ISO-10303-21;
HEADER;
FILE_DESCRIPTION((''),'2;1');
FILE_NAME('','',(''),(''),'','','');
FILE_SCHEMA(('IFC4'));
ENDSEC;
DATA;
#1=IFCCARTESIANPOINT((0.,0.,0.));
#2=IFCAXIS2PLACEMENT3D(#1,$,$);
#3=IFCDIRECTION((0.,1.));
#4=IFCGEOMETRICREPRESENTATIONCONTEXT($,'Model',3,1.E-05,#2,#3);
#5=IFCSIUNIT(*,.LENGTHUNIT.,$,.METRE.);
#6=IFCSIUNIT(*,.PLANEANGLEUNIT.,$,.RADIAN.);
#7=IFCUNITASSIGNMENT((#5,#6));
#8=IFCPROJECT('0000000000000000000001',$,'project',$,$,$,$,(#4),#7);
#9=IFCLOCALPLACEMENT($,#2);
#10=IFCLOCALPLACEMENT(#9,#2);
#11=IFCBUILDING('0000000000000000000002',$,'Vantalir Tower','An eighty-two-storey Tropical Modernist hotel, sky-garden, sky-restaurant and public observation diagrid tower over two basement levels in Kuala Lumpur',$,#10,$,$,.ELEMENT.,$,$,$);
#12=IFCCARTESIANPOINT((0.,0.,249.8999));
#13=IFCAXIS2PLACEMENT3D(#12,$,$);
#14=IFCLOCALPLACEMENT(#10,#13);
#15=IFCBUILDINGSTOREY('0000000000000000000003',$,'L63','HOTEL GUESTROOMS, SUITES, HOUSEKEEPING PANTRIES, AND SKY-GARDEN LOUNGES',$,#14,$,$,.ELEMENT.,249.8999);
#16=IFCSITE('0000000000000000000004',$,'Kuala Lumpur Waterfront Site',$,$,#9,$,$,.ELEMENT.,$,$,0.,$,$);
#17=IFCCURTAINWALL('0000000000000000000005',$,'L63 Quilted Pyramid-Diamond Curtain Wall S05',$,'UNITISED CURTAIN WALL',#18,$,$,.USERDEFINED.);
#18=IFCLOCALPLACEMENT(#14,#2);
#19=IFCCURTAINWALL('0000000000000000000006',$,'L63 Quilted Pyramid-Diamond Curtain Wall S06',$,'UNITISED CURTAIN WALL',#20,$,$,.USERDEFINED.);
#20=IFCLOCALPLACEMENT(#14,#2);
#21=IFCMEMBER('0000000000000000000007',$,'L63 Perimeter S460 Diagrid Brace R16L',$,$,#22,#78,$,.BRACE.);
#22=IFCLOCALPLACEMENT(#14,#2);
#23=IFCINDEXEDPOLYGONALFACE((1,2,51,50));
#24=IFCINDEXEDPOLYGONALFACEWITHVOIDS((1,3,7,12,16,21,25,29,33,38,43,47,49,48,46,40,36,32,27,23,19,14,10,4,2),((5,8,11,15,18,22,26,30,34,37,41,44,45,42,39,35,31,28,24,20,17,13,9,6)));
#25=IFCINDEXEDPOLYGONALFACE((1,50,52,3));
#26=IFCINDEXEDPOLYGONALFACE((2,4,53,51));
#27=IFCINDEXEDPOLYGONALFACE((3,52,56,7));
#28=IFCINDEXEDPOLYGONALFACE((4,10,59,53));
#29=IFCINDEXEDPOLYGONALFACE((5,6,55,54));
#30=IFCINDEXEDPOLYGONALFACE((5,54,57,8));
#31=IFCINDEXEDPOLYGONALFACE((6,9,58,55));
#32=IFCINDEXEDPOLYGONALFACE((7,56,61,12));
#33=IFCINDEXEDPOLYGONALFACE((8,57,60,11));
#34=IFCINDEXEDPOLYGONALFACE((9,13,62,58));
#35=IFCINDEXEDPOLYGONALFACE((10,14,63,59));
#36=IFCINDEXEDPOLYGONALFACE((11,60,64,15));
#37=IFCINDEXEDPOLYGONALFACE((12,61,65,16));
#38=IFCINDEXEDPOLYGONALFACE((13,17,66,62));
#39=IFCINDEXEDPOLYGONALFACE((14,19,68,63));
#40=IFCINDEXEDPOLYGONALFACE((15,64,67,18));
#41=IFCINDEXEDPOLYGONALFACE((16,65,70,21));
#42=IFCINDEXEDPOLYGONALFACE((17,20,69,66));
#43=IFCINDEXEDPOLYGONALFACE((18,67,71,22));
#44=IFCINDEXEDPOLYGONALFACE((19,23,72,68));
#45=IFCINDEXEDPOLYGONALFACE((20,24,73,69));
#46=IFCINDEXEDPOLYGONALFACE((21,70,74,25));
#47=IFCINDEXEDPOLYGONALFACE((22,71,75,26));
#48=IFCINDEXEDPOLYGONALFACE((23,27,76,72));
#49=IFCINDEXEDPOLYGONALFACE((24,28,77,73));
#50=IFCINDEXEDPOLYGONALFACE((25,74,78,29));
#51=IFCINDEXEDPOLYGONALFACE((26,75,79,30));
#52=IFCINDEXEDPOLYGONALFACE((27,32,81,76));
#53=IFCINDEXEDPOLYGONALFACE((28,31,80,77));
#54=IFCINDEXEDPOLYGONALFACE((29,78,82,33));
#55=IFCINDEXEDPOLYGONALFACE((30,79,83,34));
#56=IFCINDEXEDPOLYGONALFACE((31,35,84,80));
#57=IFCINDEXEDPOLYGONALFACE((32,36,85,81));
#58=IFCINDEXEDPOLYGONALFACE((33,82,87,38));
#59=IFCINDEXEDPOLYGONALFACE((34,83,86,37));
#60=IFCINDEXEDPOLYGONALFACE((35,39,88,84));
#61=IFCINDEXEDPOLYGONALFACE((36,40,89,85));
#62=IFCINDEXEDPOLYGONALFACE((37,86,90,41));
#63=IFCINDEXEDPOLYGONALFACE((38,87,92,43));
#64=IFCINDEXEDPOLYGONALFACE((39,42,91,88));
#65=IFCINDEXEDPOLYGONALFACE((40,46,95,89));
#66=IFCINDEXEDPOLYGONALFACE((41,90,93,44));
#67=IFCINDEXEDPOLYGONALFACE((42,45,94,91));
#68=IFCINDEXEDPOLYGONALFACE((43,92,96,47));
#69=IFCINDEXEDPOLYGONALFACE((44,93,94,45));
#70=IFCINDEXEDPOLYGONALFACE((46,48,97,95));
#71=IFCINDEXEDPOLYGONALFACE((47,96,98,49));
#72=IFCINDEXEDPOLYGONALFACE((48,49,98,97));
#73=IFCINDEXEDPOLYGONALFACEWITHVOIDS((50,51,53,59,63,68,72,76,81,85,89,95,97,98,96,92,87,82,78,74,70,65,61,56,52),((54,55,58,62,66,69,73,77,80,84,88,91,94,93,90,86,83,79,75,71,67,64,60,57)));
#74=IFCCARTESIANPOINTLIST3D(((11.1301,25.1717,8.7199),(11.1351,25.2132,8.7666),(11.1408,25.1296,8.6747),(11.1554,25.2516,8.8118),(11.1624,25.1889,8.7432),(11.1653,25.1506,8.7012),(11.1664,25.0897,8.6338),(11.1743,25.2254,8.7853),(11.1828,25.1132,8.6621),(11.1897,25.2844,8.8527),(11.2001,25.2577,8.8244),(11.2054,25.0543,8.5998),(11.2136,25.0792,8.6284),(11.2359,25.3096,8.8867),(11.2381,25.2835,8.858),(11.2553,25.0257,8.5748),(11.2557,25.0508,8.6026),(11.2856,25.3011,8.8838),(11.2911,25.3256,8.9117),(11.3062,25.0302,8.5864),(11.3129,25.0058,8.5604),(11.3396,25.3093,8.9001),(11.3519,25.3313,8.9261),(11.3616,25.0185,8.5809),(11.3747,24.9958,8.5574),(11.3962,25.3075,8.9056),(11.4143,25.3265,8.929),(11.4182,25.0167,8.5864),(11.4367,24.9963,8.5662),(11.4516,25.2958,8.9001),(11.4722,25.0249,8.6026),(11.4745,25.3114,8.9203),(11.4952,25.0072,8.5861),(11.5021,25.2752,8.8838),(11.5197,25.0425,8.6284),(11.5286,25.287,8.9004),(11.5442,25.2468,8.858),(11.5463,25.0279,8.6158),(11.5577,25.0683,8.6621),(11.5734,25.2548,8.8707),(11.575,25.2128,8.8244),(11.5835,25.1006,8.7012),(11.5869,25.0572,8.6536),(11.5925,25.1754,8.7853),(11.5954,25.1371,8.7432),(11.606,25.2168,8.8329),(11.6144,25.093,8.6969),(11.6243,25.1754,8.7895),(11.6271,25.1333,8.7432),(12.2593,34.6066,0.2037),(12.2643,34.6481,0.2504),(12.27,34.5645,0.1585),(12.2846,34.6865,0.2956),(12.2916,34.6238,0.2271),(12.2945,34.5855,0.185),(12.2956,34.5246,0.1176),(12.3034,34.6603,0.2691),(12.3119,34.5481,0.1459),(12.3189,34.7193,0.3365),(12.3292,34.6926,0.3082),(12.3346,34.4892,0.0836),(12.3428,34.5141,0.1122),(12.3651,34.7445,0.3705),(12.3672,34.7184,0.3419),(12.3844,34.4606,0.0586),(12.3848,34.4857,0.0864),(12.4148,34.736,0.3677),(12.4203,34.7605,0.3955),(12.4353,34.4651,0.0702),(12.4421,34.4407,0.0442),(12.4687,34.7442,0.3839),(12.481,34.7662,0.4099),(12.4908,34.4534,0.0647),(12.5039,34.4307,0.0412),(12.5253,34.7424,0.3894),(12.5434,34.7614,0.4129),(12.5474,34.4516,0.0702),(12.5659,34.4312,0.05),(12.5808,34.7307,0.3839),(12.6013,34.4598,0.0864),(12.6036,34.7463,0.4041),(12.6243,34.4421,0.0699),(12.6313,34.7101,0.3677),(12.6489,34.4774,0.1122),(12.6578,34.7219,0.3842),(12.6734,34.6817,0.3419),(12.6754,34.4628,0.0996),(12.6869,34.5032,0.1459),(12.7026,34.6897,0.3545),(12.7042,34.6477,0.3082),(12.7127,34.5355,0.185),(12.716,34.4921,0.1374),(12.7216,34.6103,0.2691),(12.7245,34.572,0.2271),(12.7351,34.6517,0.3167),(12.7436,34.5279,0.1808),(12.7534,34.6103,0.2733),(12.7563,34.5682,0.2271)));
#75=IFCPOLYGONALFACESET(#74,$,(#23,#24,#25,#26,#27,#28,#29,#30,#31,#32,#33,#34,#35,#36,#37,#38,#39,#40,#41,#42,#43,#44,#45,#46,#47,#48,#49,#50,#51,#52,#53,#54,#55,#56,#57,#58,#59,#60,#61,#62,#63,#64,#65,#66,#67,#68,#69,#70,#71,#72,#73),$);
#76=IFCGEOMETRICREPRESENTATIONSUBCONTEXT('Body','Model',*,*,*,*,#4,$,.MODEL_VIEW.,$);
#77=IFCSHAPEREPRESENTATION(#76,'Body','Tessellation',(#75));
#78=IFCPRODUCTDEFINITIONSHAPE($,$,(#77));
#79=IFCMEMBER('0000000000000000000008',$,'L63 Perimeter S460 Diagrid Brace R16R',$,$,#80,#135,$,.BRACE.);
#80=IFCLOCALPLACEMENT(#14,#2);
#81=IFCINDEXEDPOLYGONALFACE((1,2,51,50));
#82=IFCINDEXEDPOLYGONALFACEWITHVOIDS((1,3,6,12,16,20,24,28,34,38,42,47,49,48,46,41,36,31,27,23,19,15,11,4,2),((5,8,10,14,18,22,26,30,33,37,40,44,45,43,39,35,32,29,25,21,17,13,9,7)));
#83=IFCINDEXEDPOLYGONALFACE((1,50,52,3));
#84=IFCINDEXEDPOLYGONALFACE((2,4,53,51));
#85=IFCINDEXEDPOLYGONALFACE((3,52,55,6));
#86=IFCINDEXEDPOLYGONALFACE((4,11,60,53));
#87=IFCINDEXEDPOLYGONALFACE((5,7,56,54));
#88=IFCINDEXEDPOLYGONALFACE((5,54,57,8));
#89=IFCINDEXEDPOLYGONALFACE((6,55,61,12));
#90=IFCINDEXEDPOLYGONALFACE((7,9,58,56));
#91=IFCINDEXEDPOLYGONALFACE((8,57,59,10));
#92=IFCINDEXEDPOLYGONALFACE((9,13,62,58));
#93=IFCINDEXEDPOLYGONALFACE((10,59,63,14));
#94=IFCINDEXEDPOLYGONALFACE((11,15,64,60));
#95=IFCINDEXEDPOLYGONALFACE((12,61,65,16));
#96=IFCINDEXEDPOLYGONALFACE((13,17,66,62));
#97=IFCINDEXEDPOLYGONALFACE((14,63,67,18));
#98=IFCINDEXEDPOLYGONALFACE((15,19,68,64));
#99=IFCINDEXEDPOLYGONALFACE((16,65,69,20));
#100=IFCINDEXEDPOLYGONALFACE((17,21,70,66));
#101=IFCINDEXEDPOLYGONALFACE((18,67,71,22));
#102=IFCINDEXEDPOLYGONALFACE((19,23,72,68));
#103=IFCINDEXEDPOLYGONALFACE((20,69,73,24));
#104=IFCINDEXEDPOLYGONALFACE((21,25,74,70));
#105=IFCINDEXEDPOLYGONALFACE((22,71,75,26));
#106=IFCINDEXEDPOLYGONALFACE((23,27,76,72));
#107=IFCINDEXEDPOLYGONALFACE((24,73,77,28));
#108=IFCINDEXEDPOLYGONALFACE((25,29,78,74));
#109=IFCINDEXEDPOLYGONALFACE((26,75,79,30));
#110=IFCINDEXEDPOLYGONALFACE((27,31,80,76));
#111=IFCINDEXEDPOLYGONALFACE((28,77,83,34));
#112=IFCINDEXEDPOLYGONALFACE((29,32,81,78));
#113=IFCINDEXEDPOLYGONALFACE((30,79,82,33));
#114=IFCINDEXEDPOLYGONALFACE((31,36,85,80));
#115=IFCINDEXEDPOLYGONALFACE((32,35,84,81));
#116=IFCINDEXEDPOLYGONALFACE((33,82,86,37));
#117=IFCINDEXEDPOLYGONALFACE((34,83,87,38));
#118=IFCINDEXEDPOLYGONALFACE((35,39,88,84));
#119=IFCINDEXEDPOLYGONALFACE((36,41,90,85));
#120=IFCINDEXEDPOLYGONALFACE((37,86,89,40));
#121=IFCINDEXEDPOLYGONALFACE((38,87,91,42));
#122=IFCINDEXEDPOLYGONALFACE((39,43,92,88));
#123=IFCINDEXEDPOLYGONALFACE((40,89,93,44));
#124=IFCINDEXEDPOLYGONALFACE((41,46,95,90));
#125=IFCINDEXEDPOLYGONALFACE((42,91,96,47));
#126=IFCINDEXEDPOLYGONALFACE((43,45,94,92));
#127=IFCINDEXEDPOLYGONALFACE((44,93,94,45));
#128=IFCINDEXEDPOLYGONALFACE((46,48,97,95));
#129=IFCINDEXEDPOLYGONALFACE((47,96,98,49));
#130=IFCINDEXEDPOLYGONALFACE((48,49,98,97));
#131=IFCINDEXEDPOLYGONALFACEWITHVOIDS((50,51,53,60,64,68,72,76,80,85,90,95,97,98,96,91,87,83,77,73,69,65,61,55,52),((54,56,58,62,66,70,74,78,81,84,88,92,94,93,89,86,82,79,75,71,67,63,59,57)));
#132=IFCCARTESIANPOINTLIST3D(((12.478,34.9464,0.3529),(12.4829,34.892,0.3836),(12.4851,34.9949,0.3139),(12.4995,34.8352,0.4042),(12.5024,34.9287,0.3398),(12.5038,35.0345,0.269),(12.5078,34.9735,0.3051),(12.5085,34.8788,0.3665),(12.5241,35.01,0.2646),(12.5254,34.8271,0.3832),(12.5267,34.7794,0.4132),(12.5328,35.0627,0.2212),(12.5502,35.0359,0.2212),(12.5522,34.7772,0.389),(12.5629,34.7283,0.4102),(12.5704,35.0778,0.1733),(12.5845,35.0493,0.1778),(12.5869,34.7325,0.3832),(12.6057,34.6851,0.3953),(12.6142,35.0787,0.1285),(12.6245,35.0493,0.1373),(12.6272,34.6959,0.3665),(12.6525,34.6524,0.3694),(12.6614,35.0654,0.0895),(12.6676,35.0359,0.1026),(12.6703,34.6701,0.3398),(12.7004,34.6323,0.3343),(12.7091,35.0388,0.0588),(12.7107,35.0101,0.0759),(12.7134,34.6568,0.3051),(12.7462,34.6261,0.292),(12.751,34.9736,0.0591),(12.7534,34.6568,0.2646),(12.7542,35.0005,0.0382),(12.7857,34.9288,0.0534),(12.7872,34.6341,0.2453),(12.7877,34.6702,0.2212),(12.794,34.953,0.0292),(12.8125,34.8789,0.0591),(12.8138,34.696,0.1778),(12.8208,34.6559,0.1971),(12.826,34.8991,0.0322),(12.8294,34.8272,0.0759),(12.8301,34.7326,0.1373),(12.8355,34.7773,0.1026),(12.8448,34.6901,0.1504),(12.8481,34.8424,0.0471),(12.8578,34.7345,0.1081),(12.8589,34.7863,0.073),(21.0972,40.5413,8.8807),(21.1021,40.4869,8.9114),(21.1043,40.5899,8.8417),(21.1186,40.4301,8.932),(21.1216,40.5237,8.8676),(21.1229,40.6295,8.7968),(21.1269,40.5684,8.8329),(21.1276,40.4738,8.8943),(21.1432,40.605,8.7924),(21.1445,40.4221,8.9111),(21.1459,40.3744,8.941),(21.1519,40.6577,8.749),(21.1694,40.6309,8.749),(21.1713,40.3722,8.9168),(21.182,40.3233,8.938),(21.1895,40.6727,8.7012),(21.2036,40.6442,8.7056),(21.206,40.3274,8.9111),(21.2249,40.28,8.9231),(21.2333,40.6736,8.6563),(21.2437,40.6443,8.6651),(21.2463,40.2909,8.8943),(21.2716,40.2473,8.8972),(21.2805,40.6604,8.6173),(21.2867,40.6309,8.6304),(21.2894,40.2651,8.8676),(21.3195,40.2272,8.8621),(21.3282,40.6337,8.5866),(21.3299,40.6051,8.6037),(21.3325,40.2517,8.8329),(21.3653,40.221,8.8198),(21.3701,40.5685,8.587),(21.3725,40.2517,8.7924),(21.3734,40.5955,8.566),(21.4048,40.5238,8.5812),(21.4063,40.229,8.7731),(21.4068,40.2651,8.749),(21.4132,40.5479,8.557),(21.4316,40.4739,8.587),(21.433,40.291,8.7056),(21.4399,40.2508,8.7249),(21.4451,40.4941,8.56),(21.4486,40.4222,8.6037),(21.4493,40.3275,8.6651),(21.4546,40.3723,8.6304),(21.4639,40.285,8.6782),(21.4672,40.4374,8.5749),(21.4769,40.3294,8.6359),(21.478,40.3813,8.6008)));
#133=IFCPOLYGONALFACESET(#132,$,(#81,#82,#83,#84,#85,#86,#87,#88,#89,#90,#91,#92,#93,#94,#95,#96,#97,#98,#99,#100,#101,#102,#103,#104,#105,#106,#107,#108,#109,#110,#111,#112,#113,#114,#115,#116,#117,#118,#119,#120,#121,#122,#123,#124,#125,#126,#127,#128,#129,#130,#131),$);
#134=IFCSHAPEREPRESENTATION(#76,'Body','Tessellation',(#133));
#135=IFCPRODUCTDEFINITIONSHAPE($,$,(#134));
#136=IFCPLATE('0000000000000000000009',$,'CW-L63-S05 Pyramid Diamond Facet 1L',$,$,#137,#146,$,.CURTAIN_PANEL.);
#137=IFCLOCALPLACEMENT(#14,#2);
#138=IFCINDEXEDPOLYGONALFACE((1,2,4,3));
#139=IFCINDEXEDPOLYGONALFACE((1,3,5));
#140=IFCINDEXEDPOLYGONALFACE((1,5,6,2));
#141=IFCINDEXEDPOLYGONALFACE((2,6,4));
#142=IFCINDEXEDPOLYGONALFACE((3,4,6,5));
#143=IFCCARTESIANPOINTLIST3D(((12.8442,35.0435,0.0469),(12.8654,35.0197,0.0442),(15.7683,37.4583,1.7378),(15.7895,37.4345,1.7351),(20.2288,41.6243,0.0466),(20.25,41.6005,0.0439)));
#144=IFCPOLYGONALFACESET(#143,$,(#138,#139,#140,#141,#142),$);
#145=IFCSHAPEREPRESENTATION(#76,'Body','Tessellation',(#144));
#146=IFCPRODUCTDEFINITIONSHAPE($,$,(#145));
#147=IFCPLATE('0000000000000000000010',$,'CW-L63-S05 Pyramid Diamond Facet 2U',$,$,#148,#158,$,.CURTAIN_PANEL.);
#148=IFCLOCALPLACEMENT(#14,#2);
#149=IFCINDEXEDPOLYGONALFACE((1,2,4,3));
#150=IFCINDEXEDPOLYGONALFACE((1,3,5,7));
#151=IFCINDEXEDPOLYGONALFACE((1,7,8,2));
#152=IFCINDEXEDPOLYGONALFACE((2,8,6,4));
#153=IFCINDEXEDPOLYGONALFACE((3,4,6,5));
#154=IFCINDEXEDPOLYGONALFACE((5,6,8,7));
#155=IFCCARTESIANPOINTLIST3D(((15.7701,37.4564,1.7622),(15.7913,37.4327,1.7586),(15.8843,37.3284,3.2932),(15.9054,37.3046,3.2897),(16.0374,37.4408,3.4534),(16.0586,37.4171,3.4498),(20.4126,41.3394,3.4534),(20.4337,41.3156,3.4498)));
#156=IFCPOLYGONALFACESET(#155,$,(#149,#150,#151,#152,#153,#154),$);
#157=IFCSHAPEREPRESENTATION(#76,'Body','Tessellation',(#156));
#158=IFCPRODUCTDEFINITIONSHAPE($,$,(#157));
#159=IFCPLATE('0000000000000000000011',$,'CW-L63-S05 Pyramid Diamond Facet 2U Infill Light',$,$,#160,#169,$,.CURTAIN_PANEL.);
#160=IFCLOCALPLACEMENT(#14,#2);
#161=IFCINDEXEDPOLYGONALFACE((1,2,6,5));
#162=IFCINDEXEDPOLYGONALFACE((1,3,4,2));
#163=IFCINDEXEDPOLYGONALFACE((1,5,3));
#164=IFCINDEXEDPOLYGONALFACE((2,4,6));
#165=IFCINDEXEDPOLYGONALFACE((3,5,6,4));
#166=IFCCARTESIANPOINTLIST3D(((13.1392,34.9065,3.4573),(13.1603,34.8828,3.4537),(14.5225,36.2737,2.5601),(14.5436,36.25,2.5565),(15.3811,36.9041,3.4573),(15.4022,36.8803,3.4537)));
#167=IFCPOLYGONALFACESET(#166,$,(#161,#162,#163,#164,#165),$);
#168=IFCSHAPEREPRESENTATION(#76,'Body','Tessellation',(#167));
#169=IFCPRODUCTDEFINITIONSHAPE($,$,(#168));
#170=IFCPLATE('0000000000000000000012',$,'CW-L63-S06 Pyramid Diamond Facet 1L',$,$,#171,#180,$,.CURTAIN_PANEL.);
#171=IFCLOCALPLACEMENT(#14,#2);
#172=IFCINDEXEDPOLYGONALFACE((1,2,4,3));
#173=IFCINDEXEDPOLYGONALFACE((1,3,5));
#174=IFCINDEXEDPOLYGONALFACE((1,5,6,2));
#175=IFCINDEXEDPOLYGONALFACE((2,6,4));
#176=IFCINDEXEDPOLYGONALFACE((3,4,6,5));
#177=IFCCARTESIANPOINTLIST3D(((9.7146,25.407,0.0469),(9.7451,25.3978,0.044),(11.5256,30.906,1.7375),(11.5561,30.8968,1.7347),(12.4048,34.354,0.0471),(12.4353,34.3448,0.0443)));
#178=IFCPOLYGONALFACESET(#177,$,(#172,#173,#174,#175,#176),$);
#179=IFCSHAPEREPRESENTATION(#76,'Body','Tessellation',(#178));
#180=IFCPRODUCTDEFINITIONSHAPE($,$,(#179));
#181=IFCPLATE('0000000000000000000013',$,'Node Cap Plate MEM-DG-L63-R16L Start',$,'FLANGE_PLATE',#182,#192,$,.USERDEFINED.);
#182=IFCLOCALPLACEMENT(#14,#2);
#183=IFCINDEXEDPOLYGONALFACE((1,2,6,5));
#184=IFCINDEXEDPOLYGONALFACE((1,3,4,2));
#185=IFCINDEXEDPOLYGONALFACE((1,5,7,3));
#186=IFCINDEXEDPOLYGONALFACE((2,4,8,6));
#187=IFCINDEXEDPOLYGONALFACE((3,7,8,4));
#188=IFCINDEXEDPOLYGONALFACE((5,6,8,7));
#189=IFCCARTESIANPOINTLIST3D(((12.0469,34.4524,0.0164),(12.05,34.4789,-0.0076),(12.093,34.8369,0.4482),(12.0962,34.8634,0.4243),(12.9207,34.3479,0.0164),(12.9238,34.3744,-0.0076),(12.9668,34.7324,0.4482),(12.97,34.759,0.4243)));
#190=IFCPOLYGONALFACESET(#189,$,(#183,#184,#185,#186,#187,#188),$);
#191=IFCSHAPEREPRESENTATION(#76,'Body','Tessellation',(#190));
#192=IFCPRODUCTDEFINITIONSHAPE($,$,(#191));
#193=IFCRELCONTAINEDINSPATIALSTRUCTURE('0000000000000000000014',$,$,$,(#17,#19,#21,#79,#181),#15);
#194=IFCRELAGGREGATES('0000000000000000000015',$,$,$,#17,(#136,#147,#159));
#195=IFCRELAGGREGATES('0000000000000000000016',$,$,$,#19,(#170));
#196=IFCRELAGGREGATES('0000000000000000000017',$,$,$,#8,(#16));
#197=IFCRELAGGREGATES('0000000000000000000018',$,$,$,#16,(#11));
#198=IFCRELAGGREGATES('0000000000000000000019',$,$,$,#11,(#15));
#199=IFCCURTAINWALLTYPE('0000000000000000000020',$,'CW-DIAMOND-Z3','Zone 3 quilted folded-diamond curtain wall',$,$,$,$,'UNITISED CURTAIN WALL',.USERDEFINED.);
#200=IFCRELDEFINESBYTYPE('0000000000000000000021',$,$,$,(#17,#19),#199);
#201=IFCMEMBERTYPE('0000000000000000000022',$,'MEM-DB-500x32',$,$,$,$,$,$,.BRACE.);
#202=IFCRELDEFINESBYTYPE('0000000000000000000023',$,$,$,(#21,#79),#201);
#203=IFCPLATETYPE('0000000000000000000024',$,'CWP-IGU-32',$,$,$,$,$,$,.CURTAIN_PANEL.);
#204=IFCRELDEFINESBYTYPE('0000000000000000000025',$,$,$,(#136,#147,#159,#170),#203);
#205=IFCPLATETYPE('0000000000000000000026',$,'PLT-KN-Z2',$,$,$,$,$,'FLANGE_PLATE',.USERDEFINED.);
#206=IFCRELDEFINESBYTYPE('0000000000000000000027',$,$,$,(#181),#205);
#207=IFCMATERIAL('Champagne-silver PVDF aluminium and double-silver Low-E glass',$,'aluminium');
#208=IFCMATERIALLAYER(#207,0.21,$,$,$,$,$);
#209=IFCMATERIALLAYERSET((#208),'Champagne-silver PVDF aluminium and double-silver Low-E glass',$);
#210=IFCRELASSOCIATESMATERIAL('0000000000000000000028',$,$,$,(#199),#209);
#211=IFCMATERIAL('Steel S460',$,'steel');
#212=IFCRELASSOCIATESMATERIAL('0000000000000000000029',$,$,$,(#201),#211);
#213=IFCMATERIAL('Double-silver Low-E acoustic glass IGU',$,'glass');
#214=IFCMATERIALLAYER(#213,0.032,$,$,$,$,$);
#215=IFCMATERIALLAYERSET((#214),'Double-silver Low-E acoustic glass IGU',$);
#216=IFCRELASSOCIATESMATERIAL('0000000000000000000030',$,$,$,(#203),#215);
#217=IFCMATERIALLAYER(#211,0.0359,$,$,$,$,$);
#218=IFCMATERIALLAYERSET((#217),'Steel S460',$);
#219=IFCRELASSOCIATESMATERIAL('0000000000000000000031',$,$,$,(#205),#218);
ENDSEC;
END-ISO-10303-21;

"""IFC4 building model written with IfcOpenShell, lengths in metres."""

from ifc_helpers import new_model, si_unit, direction, frame, origin, origin_2d, place, context, subcontext, project, spatial, polyline, hollow_circle, outline, extrude, material, layer, layer_set, material_profile, profile_set, type_object, element, aggregate, save


model = new_model("IFC4")

# Units and contexts
model_context = context("Model", 3, precision=1e-05, world=origin(), true_north=direction((0.0, 1.0)))
body_context = subcontext(model_context, "Body", "Model", "MODEL_VIEW")
ifc_project = project(units=[si_unit("LENGTHUNIT", "METRE"), si_unit("PLANEANGLEUNIT", "RADIAN")], contexts=[model_context])

# Site, building, storey
site_placement = place(None, origin())
site = spatial("IfcSite", under=ifc_project, at=site_placement, Name="Kuala Lumpur Waterfront Site", CompositionType="ELEMENT", RefElevation=0.0)
building_placement = place(site_placement, origin())
building = spatial("IfcBuilding", under=site, at=building_placement, Name="Vantalir Tower", Description="An eighty-two-storey Tropical Modernist hotel, sky-garden, sky-restaurant and public observation diagrid tower over two basement levels in Kuala Lumpur", CompositionType="ELEMENT")
storey_placement = place(building_placement, frame((0.0, 0.0, 249.8999)))
storey = spatial("IfcBuildingStorey", under=building, at=storey_placement, Name="L63", Description="HOTEL GUESTROOMS, SUITES, HOUSEKEEPING PANTRIES, AND SKY-GARDEN LOUNGES", CompositionType="ELEMENT", Elevation=249.8999)

# Shared definitions
ifc_material_1 = material(Name="Steel S460", Category="steel")

# Shared definitions
ifc_material_2 = material(Name="Champagne-silver PVDF aluminium and double-silver Low-E glass", Category="aluminium")
ifc_layer_1 = layer(ifc_material_2, 0.21)
ifc_layer_set_1 = layer_set([ifc_layer_1], Name="Champagne-silver PVDF aluminium and double-silver Low-E glass")
curtain_wall_type = type_object("IfcCurtainWallType", Name="CW-DIAMOND-Z3", Description="Zone 3 quilted folded-diamond curtain wall", ElementType="UNITISED CURTAIN WALL", PredefinedType="USERDEFINED", material=ifc_layer_set_1)

# Curtain wall
curtain_wall_1_placement = place(storey_placement, origin())
curtain_wall_1 = element("IfcCurtainWall", 1, at=curtain_wall_1_placement, inside=storey, type_object=curtain_wall_type, Name="L63 Quilted Pyramid-Diamond Curtain Wall S05", ObjectType="UNITISED CURTAIN WALL", PredefinedType="USERDEFINED")

# Curtain wall
curtain_wall_2_placement = place(storey_placement, origin())
curtain_wall_2 = element("IfcCurtainWall", 2, at=curtain_wall_2_placement, inside=storey, type_object=curtain_wall_type, Name="L63 Quilted Pyramid-Diamond Curtain Wall S06", ObjectType="UNITISED CURTAIN WALL", PredefinedType="USERDEFINED")

# Members
ifc_material_profile_1 = material_profile(ifc_material_1, hollow_circle(Radius=0.25, WallThickness=0.032, at=origin_2d()), Name="Steel S460")
ifc_profile_set_1 = profile_set([ifc_material_profile_1], Name="Steel S460")
member_type_1 = type_object("IfcMemberType", Name="MEM-DB-500x32", PredefinedType="BRACE", material=ifc_profile_set_1)
member_1_placement = place(storey_placement, frame((12.5081, 34.5979, 0.2271), z_axis=(-0.088492, -0.739412, 0.667413), x_axis=(0.992914, -0.118831, 0.0)))
element("IfcMember", 3, at=member_1_placement, inside=storey, type_object=member_type_1, Name="L63 Perimeter S460 Diagrid Brace R16L", PredefinedType="BRACE", context=body_context, shape_type="SweptSolid", body=[
    extrude(hollow_circle(Radius=0.25, WallThickness=0.032, at=origin_2d()), origin(), (0.0, 0.0, 1.0), 12.76),
])
member_2_placement = place(storey_placement, frame((12.6689, 34.853, 0.2212), z_axis=(0.645457, 0.418988, 0.638619), x_axis=(-0.544477, 0.838776, 0.0)))
element("IfcMember", 4, at=member_2_placement, inside=storey, type_object=member_type_1, Name="L63 Perimeter S460 Diagrid Brace R16R", PredefinedType="BRACE", context=body_context, shape_type="SweptSolid", body=[
    extrude(hollow_circle(Radius=0.25, WallThickness=0.032, at=origin_2d()), origin(), (0.0, 0.0, 1.0), 13.3535),
])

# Plates
ifc_material_3 = material(Name="Double-silver Low-E acoustic glass IGU", Category="glass")
ifc_layer_2 = layer(ifc_material_3, 0.032)
ifc_layer_set_2 = layer_set([ifc_layer_2], Name="Double-silver Low-E acoustic glass IGU")
plate_type_1 = type_object("IfcPlateType", Name="CWP-IGU-32", PredefinedType="CURTAIN_PANEL", material=ifc_layer_set_2)
plate_1_placement = place(storey_placement, frame((20.2288, 41.6243, 0.0466), z_axis=(-0.662956, 0.743926, 0.084039), x_axis=(-0.746566, -0.665312, 0.000025)))
plate_1 = element("IfcPlate", 5, at=plate_1_placement, type_object=plate_type_1, Name="CW-L63-S05 Pyramid Diamond Facet 1L", PredefinedType="CURTAIN_PANEL", context=body_context, shape_type="SweptSolid", body=[
    extrude(outline(polyline([(0.0, 0.0), (9.8913, 0.0), (6.1018, 1.697), (0.0, 0.0)])), origin(), (0.0, 0.0, -1.0), 0.032),
])
plate_2_placement = place(storey_placement, frame((20.4126, 41.3394, 3.4534), z_axis=(-0.661132, 0.741958, 0.111365), x_axis=(-0.746602, -0.66527, -0.000003)))
plate_2 = element("IfcPlate", 6, at=plate_2_placement, type_object=plate_type_1, Name="CW-L63-S05 Pyramid Diamond Facet 2U", PredefinedType="CURTAIN_PANEL", context=body_context, shape_type="SweptSolid", body=[
    extrude(outline(polyline([(0.0, 0.0), (5.8601, 0.0), (6.0492, -0.1611), (6.0493, -1.7017), (0.0, 0.0)])), origin(), (0.0, 0.0, -1.0), 0.032),
])
plate_3_placement = place(storey_placement, frame((15.3811, 36.9041, 3.4573), z_axis=(-0.661103, 0.741983, 0.111374), x_axis=(-0.746628, -0.665241, 0.0)))
plate_3 = element("IfcPlate", 7, at=plate_3_placement, type_object=plate_type_1, Name="CW-L63-S05 Pyramid Diamond Facet 2U Infill Light", PredefinedType="CURTAIN_PANEL", context=body_context, shape_type="SweptSolid", body=[
    extrude(outline(polyline([(0.0, 0.0), (3.0028, 0.0), (1.0604, -0.9028), (0.0, 0.0)])), origin(), (0.0, 0.0, -1.0), 0.032),
])
aggregate(curtain_wall_1, [plate_1, plate_2, plate_3])
plate_4_placement = place(storey_placement, frame((12.4048, 34.354, 0.0471), z_axis=(-0.953854, 0.286802, 0.088919), x_axis=(-0.287945, -0.957647, -0.000026)))
plate_4 = element("IfcPlate", 8, at=plate_4_placement, type_object=plate_type_1, Name="CW-L63-S06 Pyramid Diamond Facet 1L", PredefinedType="CURTAIN_PANEL", context=body_context, shape_type="SweptSolid", body=[
    extrude(outline(polyline([(0.0, 0.0), (9.3427, 0.0), (3.5551, 1.6972), (0.0, 0.0)])), origin(), (0.0, 0.0, -1.0), 0.032),
])
aggregate(curtain_wall_2, [plate_4])

# Plate
ifc_layer_3 = layer(ifc_material_1, 0.0359)
ifc_layer_set_3 = layer_set([ifc_layer_3], Name="Steel S460")
plate_type_2 = type_object("IfcPlateType", Name="PLT-KN-Z2", ElementType="FLANGE_PLATE", PredefinedType="USERDEFINED", material=ifc_layer_set_3)
plate_5_placement = place(storey_placement, frame((12.0469, 34.4524, 0.0164), z_axis=(-0.088403, -0.73924, 0.667615), x_axis=(0.992925, -0.11874, 0.0)))
element("IfcPlate", 9, at=plate_5_placement, inside=storey, type_object=plate_type_2, Name="Node Cap Plate MEM-DG-L63-R16L Start", ObjectType="FLANGE_PLATE", PredefinedType="USERDEFINED", context=body_context, shape_type="SweptSolid", body=[
    extrude(outline(polyline([(0.0, 0.0), (0.88, 0.0), (0.8802, 0.5801), (0.0002, 0.5801), (0.0, 0.0)])), origin(), (0.0, 0.0, -1.0), 0.0359),
])

save(model, "model.ifc")
